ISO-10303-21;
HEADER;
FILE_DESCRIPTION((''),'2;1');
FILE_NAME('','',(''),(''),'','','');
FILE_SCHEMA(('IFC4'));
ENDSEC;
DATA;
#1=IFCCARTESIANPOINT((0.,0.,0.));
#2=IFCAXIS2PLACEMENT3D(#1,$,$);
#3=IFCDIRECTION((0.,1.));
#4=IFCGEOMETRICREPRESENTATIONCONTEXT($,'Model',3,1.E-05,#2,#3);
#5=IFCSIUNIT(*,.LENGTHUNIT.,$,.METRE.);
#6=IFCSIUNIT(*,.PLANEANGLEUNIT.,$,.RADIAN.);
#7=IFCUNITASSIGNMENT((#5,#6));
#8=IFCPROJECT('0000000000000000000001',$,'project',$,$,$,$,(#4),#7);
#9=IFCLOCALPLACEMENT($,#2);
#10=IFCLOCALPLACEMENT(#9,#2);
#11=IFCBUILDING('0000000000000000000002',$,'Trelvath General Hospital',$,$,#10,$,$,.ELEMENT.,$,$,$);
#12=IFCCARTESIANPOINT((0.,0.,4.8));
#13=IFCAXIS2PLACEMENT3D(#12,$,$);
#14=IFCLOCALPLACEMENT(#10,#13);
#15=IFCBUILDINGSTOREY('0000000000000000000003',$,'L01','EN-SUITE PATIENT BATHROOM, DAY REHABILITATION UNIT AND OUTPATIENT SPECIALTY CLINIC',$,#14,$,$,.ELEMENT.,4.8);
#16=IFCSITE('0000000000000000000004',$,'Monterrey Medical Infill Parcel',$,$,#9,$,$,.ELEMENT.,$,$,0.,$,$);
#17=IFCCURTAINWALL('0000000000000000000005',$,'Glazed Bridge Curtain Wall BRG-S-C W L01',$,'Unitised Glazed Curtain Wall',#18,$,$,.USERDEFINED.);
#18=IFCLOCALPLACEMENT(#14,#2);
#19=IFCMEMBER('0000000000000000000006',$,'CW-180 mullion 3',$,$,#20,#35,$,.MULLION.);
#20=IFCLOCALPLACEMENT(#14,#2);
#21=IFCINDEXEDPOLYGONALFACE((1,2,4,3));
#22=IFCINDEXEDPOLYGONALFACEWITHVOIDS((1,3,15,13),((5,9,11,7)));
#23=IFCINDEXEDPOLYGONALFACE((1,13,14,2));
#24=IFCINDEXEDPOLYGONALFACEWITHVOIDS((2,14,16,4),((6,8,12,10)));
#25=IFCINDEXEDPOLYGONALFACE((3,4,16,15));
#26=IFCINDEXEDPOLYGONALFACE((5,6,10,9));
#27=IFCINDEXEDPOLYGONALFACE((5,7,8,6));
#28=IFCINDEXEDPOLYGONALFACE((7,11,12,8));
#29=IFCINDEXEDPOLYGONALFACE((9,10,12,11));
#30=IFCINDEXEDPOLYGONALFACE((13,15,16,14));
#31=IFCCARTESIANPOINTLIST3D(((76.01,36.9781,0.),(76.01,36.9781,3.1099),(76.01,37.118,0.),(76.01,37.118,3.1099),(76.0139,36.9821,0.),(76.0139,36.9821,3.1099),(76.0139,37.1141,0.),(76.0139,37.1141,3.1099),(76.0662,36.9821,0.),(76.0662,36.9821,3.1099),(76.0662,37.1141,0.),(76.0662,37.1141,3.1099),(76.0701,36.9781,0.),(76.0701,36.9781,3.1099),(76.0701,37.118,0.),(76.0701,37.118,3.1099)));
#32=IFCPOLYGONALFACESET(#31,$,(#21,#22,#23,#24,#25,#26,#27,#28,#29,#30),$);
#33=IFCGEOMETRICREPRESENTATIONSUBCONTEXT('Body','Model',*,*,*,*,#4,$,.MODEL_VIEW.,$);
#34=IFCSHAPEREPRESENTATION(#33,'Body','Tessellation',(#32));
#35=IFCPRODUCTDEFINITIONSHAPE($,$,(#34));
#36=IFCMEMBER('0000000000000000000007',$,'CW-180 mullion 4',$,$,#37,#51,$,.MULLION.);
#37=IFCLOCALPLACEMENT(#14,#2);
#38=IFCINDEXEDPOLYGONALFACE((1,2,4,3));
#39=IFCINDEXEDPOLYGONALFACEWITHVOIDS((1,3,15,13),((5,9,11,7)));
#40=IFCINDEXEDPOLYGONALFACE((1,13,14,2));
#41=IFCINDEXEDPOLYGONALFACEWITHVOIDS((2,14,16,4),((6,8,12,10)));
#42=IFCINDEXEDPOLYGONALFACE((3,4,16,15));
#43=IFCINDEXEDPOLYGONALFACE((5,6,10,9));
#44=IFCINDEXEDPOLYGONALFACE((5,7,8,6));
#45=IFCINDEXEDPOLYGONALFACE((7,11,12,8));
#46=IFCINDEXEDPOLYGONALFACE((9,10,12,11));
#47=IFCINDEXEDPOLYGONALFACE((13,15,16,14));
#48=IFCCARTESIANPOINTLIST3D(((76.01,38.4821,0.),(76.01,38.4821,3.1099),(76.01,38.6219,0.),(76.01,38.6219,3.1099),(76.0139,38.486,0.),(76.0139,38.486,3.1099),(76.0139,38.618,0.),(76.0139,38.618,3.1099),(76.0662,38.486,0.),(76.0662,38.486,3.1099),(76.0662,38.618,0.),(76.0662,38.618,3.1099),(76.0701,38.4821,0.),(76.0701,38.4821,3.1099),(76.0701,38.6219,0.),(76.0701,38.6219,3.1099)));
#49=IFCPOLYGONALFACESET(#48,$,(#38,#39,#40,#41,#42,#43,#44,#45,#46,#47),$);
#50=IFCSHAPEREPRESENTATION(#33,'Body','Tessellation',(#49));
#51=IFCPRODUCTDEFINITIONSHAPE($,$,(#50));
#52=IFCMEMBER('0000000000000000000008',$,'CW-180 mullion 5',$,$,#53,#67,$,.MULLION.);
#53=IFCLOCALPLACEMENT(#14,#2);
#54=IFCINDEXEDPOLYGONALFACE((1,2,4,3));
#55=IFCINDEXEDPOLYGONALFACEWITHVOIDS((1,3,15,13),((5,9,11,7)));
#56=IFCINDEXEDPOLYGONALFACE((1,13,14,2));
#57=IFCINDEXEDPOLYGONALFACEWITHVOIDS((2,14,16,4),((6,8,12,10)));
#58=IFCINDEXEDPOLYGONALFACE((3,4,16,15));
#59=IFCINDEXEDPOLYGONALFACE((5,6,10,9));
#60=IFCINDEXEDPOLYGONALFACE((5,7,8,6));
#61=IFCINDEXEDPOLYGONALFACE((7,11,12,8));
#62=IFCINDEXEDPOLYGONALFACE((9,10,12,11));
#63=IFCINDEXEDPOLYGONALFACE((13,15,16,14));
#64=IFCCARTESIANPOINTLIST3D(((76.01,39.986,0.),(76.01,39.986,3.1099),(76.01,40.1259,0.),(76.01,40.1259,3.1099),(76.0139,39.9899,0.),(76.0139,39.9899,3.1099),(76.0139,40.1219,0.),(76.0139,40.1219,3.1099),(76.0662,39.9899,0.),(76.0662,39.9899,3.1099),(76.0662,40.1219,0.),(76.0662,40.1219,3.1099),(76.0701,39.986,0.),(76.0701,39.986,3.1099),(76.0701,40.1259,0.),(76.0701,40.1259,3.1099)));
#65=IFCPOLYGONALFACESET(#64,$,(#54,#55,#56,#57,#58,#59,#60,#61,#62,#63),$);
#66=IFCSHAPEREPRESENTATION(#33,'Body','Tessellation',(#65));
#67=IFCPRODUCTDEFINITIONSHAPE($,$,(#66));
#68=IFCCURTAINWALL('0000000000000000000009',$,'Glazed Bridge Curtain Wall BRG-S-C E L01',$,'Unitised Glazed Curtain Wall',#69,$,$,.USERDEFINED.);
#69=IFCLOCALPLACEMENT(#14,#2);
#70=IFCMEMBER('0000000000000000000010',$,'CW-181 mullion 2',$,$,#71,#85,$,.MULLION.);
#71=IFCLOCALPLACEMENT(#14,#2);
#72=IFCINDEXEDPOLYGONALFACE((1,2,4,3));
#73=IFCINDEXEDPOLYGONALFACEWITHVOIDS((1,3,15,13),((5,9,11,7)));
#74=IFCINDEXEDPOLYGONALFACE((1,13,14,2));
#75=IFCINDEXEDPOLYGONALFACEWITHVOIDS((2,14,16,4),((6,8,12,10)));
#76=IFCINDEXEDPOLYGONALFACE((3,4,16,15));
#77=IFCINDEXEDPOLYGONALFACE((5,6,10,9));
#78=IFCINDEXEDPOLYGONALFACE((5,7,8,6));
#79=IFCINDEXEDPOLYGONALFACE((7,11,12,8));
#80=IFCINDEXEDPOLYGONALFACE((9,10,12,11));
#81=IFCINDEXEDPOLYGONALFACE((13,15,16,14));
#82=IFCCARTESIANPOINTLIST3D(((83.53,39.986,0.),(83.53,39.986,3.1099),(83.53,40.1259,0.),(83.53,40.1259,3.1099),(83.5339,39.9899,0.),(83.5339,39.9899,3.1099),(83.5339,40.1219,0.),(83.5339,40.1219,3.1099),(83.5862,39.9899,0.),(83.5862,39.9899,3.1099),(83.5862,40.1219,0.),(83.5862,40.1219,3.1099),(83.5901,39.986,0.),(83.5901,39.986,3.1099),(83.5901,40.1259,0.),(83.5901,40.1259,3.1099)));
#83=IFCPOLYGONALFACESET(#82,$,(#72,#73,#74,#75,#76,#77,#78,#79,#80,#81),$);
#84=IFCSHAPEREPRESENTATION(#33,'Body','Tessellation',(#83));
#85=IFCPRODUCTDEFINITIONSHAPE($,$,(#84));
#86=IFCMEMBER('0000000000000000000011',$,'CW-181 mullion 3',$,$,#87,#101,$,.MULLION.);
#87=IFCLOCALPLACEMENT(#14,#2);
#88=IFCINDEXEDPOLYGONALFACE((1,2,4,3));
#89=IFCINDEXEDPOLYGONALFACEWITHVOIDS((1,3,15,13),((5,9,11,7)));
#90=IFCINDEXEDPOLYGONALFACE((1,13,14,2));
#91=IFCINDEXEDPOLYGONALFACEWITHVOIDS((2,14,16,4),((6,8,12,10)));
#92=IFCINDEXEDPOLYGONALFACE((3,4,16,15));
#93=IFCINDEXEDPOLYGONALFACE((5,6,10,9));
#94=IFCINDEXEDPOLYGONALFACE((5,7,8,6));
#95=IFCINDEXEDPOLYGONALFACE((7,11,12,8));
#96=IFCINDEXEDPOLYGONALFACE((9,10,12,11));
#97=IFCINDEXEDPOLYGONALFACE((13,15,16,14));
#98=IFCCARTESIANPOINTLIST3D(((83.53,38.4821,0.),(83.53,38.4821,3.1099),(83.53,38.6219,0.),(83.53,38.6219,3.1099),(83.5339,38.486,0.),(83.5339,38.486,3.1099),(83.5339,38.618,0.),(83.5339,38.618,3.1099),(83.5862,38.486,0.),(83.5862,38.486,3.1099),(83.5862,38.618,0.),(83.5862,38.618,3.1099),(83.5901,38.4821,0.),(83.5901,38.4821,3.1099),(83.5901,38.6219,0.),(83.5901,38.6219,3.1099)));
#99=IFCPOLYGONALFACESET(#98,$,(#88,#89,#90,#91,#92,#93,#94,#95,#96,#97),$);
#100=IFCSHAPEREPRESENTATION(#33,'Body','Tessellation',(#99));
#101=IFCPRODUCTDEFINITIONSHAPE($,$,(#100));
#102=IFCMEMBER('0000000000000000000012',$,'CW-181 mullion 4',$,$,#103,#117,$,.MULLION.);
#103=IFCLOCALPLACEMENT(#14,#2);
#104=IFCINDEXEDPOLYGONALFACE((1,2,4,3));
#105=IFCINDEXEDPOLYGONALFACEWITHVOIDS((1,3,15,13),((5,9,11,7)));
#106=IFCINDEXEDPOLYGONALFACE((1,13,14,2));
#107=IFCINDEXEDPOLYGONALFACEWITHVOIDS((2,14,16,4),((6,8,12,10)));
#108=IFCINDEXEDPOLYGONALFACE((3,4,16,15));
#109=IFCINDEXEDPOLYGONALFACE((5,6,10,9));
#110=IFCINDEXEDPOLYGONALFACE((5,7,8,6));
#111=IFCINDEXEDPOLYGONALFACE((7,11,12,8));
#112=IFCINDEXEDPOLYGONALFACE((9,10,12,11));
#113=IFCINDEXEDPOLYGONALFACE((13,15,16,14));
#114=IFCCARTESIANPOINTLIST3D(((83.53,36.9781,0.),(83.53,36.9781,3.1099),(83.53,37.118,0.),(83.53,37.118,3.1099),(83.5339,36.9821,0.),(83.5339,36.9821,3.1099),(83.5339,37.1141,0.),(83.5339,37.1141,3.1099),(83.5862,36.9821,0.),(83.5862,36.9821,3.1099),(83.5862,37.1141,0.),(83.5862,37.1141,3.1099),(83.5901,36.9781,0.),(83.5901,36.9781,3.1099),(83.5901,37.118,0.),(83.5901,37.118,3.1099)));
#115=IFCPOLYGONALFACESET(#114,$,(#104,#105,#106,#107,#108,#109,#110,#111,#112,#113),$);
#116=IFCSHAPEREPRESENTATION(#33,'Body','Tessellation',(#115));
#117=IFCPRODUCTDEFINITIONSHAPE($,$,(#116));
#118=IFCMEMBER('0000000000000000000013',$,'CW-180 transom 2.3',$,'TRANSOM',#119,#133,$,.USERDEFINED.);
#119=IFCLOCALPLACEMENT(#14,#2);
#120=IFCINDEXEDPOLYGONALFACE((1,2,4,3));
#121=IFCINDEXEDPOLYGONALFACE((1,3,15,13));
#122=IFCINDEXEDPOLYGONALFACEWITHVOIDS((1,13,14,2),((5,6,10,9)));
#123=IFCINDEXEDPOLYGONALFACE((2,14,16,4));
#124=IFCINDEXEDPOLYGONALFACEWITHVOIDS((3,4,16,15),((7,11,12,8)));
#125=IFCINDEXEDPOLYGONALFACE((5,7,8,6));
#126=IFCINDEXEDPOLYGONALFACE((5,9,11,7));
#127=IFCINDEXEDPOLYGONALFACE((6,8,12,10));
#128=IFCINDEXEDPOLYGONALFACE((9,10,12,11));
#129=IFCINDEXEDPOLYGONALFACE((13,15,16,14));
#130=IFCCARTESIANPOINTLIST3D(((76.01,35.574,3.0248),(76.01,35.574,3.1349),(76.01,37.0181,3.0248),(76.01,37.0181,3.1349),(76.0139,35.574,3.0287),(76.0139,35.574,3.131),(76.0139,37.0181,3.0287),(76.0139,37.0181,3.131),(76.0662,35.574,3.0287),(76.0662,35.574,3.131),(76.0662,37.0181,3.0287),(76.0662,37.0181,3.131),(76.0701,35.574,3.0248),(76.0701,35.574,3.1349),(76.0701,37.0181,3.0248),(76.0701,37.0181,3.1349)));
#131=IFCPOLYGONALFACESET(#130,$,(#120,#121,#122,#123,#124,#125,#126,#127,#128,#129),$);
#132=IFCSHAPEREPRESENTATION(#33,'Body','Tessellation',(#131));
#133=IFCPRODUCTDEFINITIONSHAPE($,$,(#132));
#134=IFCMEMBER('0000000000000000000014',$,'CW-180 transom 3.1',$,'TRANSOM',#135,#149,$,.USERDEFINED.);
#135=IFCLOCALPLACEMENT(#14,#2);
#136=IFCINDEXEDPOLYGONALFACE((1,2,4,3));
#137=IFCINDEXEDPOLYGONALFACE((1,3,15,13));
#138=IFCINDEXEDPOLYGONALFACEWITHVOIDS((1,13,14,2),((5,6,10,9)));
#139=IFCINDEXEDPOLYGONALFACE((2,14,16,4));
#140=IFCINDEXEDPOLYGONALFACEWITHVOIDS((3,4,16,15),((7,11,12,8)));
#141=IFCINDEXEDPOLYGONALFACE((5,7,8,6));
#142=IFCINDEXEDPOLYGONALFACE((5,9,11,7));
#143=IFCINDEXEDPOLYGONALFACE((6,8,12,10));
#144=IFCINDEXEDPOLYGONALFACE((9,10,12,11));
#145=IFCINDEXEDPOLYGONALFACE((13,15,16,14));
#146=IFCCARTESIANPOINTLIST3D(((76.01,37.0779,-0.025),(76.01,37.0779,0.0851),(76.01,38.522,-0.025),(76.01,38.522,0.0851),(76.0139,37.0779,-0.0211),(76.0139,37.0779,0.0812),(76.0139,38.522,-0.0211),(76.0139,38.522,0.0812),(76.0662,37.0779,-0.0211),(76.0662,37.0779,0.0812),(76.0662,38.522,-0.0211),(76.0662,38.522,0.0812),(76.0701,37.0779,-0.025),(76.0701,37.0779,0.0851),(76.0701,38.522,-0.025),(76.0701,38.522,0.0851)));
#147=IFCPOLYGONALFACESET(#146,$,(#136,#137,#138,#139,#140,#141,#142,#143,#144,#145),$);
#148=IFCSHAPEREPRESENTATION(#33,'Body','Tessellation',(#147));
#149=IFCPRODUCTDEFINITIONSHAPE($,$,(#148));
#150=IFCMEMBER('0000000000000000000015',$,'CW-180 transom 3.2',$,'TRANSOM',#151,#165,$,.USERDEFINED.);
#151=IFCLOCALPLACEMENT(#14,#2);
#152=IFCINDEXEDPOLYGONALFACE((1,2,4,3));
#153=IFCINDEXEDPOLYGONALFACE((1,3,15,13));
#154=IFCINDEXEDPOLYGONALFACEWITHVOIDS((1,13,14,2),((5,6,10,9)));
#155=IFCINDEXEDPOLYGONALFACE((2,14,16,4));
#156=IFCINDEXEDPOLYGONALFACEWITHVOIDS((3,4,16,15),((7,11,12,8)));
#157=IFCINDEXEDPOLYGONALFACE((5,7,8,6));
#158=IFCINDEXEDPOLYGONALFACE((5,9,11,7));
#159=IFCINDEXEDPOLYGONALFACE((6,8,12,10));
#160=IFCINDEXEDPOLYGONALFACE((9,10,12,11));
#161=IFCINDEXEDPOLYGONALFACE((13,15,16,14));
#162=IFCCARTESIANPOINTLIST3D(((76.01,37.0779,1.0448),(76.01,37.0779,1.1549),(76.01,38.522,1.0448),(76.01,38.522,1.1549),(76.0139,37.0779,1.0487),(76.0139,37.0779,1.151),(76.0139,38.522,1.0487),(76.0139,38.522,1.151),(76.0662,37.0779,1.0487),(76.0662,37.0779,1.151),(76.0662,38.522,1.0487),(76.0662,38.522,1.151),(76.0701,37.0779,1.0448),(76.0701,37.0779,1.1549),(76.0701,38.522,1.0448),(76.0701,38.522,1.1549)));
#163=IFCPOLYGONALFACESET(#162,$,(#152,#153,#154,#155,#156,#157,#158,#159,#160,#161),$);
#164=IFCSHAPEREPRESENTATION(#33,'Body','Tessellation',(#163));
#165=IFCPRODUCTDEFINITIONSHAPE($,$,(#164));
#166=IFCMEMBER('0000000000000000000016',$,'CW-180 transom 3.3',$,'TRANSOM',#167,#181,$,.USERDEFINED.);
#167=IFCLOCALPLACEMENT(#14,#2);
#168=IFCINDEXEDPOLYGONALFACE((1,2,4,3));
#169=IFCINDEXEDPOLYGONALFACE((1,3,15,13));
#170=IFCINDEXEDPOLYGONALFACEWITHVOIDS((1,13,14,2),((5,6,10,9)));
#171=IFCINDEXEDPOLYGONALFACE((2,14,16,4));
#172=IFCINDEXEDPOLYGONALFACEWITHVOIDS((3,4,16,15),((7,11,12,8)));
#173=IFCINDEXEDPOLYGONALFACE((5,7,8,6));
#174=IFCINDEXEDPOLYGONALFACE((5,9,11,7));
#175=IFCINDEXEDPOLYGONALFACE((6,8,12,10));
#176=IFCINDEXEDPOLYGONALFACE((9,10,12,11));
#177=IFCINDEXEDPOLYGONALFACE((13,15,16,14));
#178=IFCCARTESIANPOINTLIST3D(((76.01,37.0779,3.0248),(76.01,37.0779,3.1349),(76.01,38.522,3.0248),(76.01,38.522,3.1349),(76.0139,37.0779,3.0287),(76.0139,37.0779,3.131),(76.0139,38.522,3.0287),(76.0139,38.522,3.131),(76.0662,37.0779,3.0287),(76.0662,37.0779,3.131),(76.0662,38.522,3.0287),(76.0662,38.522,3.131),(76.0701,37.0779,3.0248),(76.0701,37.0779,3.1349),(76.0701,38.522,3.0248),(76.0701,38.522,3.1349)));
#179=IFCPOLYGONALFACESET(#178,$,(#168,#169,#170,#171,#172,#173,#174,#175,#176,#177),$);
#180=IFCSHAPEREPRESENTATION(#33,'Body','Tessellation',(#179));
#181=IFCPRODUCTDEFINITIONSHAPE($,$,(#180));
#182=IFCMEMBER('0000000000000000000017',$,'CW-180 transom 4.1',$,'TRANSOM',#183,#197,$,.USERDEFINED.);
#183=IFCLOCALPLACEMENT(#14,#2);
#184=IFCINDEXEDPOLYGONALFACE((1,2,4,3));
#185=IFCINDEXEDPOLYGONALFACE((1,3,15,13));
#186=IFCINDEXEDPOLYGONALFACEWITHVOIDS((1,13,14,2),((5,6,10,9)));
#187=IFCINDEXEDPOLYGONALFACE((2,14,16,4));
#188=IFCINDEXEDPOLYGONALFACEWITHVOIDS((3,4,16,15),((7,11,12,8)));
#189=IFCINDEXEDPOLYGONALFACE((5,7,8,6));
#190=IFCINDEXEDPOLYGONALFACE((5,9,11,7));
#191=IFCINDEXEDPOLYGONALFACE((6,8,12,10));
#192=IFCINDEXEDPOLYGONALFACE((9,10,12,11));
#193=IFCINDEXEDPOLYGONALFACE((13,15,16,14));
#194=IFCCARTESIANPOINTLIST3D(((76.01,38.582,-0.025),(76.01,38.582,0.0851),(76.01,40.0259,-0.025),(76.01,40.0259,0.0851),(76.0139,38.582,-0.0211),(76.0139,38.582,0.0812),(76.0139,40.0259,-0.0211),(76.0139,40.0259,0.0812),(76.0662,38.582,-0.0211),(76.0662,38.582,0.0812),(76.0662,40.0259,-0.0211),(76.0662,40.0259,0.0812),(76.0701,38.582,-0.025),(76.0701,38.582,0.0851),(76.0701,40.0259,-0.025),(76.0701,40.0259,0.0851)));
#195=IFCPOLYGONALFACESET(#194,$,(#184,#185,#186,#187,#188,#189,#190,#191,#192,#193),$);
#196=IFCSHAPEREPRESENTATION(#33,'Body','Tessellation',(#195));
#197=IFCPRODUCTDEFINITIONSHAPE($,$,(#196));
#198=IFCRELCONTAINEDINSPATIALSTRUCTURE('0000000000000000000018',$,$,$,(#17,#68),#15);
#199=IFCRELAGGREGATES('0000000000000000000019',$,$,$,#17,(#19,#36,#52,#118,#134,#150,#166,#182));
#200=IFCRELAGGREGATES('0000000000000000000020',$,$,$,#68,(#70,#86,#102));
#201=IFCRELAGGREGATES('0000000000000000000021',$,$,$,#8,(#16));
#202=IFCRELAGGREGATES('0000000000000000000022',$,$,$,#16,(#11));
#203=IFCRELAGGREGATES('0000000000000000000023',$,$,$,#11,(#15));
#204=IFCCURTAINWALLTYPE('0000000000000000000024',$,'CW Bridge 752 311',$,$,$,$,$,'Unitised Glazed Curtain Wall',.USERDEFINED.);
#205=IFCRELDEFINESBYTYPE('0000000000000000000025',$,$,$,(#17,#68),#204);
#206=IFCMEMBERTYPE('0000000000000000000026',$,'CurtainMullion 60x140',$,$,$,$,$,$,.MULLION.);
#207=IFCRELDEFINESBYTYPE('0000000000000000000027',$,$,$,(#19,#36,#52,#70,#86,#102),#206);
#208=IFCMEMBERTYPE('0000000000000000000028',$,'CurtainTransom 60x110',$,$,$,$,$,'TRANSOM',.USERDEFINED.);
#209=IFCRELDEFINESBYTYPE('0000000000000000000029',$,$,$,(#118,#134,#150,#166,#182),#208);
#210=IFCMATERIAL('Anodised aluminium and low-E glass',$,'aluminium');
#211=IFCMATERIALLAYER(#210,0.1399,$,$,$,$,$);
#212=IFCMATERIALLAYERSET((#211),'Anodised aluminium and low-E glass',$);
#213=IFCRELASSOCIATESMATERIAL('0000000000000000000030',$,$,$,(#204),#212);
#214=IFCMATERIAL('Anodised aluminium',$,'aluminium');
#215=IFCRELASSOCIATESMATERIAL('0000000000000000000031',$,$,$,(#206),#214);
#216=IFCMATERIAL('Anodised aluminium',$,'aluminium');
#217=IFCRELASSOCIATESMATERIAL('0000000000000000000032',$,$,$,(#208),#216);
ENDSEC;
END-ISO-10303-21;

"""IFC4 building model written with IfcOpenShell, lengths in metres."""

from ifc_helpers import new_model, si_unit, direction, frame, origin, origin_2d, place, context, subcontext, project, spatial, hollow_rectangle, extrude, material, layer, layer_set, material_profile, profile_set, type_object, element, aggregate, save


model = new_model("IFC4")

# Units and contexts
model_context = context("Model", 3, precision=1e-05, world=origin(), true_north=direction((0.0, 1.0)))
body_context = subcontext(model_context, "Body", "Model", "MODEL_VIEW")
ifc_project = project(units=[si_unit("LENGTHUNIT", "METRE"), si_unit("PLANEANGLEUNIT", "RADIAN")], contexts=[model_context])

# Site, building, storey
site_placement = place(None, origin())
site = spatial("IfcSite", under=ifc_project, at=site_placement, Name="Monterrey Medical Infill Parcel", CompositionType="ELEMENT", RefElevation=0.0)
building_placement = place(site_placement, origin())
building = spatial("IfcBuilding", under=site, at=building_placement, Name="Trelvath General Hospital", CompositionType="ELEMENT")
storey_placement = place(building_placement, frame((0.0, 0.0, 4.8)))
storey = spatial("IfcBuildingStorey", under=building, at=storey_placement, Name="L01", Description="EN-SUITE PATIENT BATHROOM, DAY REHABILITATION UNIT AND OUTPATIENT SPECIALTY CLINIC", CompositionType="ELEMENT", Elevation=4.8)

# Curtain walls, members
ifc_material_1 = material(Name="Anodised aluminium and low-E glass", Category="aluminium")
ifc_layer_1 = layer(ifc_material_1, 0.1399)
ifc_layer_set_1 = layer_set([ifc_layer_1], Name="Anodised aluminium and low-E glass")
curtain_wall_type = type_object("IfcCurtainWallType", Name="CW Bridge 752 311", ElementType="Unitised Glazed Curtain Wall", PredefinedType="USERDEFINED", material=ifc_layer_set_1)
curtain_wall_1_placement = place(storey_placement, origin())
curtain_wall_1 = element("IfcCurtainWall", 1, at=curtain_wall_1_placement, inside=storey, type_object=curtain_wall_type, Name="Glazed Bridge Curtain Wall BRG-S-C W L01", ObjectType="Unitised Glazed Curtain Wall", PredefinedType="USERDEFINED")
ifc_material_2 = material(Name="Anodised aluminium", Category="aluminium")
ifc_material_profile_1 = material_profile(ifc_material_2, hollow_rectangle(XDim=0.0601, YDim=0.1399, WallThickness=0.0039, at=origin_2d()), Name="RHS60x140x4")
ifc_profile_set_1 = profile_set([ifc_material_profile_1], Name="Anodised aluminium")
member_type_1 = type_object("IfcMemberType", Name="CurtainMullion 60x140", PredefinedType="MULLION", material=ifc_profile_set_1)
member_1_placement = place(storey_placement, frame((76.04, 37.0481, 0.0), z_axis=(0.0, 0.0, 1.0), x_axis=(-1.0, 0.0, 0.0)))
member_1 = element("IfcMember", 2, at=member_1_placement, type_object=member_type_1, Name="CW-180 mullion 3", PredefinedType="MULLION", context=body_context, shape_type="SweptSolid", body=[
    extrude(hollow_rectangle(XDim=0.0601, YDim=0.1399, WallThickness=0.0039, at=origin_2d()), origin(), (0.0, 0.0, 1.0), 3.1099),
])
member_2_placement = place(storey_placement, frame((76.04, 38.552, 0.0), z_axis=(0.0, 0.0, 1.0), x_axis=(-1.0, 0.0, 0.0)))
member_2 = element("IfcMember", 3, at=member_2_placement, type_object=member_type_1, Name="CW-180 mullion 4", PredefinedType="MULLION", context=body_context, shape_type="SweptSolid", body=[
    extrude(hollow_rectangle(XDim=0.0601, YDim=0.1399, WallThickness=0.0039, at=origin_2d()), origin(), (0.0, 0.0, 1.0), 3.1099),
])
member_3_placement = place(storey_placement, frame((76.04, 40.0559, 0.0), z_axis=(0.0, 0.0, 1.0), x_axis=(-1.0, 0.0, 0.0)))
member_3 = element("IfcMember", 4, at=member_3_placement, type_object=member_type_1, Name="CW-180 mullion 5", PredefinedType="MULLION", context=body_context, shape_type="SweptSolid", body=[
    extrude(hollow_rectangle(XDim=0.0601, YDim=0.1399, WallThickness=0.0039, at=origin_2d()), origin(), (0.0, 0.0, 1.0), 3.1099),
])
curtain_wall_2_placement = place(storey_placement, origin())
curtain_wall_2 = element("IfcCurtainWall", 5, at=curtain_wall_2_placement, inside=storey, type_object=curtain_wall_type, Name="Glazed Bridge Curtain Wall BRG-S-C E L01", ObjectType="Unitised Glazed Curtain Wall", PredefinedType="USERDEFINED")
member_4_placement = place(storey_placement, frame((83.5601, 40.0559, 0.0), z_axis=(0.0, 0.0, 1.0), x_axis=(1.0, 0.0, 0.0)))
member_4 = element("IfcMember", 6, at=member_4_placement, type_object=member_type_1, Name="CW-181 mullion 2", PredefinedType="MULLION", context=body_context, shape_type="SweptSolid", body=[
    extrude(hollow_rectangle(XDim=0.0601, YDim=0.1399, WallThickness=0.0039, at=origin_2d()), origin(), (0.0, 0.0, 1.0), 3.1099),
])
member_5_placement = place(storey_placement, frame((83.5601, 38.552, 0.0), z_axis=(0.0, 0.0, 1.0), x_axis=(1.0, 0.0, 0.0)))
member_5 = element("IfcMember", 7, at=member_5_placement, type_object=member_type_1, Name="CW-181 mullion 3", PredefinedType="MULLION", context=body_context, shape_type="SweptSolid", body=[
    extrude(hollow_rectangle(XDim=0.0601, YDim=0.1399, WallThickness=0.0039, at=origin_2d()), origin(), (0.0, 0.0, 1.0), 3.1099),
])
member_6_placement = place(storey_placement, frame((83.5601, 37.0481, 0.0), z_axis=(0.0, 0.0, 1.0), x_axis=(1.0, 0.0, 0.0)))
member_6 = element("IfcMember", 8, at=member_6_placement, type_object=member_type_1, Name="CW-181 mullion 4", PredefinedType="MULLION", context=body_context, shape_type="SweptSolid", body=[
    extrude(hollow_rectangle(XDim=0.0601, YDim=0.1399, WallThickness=0.0039, at=origin_2d()), origin(), (0.0, 0.0, 1.0), 3.1099),
])

# Members
ifc_material_3 = material(Name="Anodised aluminium", Category="aluminium")
ifc_material_profile_2 = material_profile(ifc_material_3, hollow_rectangle(XDim=0.0601, YDim=0.1101, WallThickness=0.0039, at=origin_2d()), Name="RHS60x110x4")
ifc_profile_set_2 = profile_set([ifc_material_profile_2], Name="Anodised aluminium")
member_type_2 = type_object("IfcMemberType", Name="CurtainTransom 60x110", ElementType="TRANSOM", PredefinedType="USERDEFINED", material=ifc_profile_set_2)
member_7_placement = place(storey_placement, frame((76.04, 35.574, 3.0798), z_axis=(0.0, 1.0, 0.0), x_axis=(-1.0, 0.0, 0.0)))
member_7 = element("IfcMember", 9, at=member_7_placement, type_object=member_type_2, Name="CW-180 transom 2.3", ObjectType="TRANSOM", PredefinedType="USERDEFINED", context=body_context, shape_type="SweptSolid", body=[
    extrude(hollow_rectangle(XDim=0.0601, YDim=0.1101, WallThickness=0.0039, at=origin_2d()), origin(), (0.0, 0.0, 1.0), 1.4441),
])
member_8_placement = place(storey_placement, frame((76.04, 37.0779, 0.03), z_axis=(0.0, 1.0, 0.0), x_axis=(-1.0, 0.0, 0.0)))
member_8 = element("IfcMember", 10, at=member_8_placement, type_object=member_type_2, Name="CW-180 transom 3.1", ObjectType="TRANSOM", PredefinedType="USERDEFINED", context=body_context, shape_type="SweptSolid", body=[
    extrude(hollow_rectangle(XDim=0.0601, YDim=0.1101, WallThickness=0.0039, at=origin_2d()), origin(), (0.0, 0.0, 1.0), 1.4441),
])
member_9_placement = place(storey_placement, frame((76.04, 37.0779, 1.0999), z_axis=(0.0, 1.0, 0.0), x_axis=(-1.0, 0.0, 0.0)))
member_9 = element("IfcMember", 11, at=member_9_placement, type_object=member_type_2, Name="CW-180 transom 3.2", ObjectType="TRANSOM", PredefinedType="USERDEFINED", context=body_context, shape_type="SweptSolid", body=[
    extrude(hollow_rectangle(XDim=0.0601, YDim=0.1101, WallThickness=0.0039, at=origin_2d()), origin(), (0.0, 0.0, 1.0), 1.4441),
])
member_10_placement = place(storey_placement, frame((76.04, 37.0779, 3.0798), z_axis=(0.0, 1.0, 0.0), x_axis=(-1.0, 0.0, 0.0)))
member_10 = element("IfcMember", 12, at=member_10_placement, type_object=member_type_2, Name="CW-180 transom 3.3", ObjectType="TRANSOM", PredefinedType="USERDEFINED", context=body_context, shape_type="SweptSolid", body=[
    extrude(hollow_rectangle(XDim=0.0601, YDim=0.1101, WallThickness=0.0039, at=origin_2d()), origin(), (0.0, 0.0, 1.0), 1.4441),
])
member_11_placement = place(storey_placement, frame((76.04, 38.582, 0.03), z_axis=(0.0, 1.0, 0.0), x_axis=(-1.0, 0.0, 0.0)))
member_11 = element("IfcMember", 13, at=member_11_placement, type_object=member_type_2, Name="CW-180 transom 4.1", ObjectType="TRANSOM", PredefinedType="USERDEFINED", context=body_context, shape_type="SweptSolid", body=[
    extrude(hollow_rectangle(XDim=0.0601, YDim=0.1101, WallThickness=0.0039, at=origin_2d()), origin(), (0.0, 0.0, 1.0), 1.4438),
])

aggregate(curtain_wall_1, [member_1, member_2, member_3, member_7, member_8, member_9, member_10, member_11])
aggregate(curtain_wall_2, [member_4, member_5, member_6])

save(model, "model.ifc")
